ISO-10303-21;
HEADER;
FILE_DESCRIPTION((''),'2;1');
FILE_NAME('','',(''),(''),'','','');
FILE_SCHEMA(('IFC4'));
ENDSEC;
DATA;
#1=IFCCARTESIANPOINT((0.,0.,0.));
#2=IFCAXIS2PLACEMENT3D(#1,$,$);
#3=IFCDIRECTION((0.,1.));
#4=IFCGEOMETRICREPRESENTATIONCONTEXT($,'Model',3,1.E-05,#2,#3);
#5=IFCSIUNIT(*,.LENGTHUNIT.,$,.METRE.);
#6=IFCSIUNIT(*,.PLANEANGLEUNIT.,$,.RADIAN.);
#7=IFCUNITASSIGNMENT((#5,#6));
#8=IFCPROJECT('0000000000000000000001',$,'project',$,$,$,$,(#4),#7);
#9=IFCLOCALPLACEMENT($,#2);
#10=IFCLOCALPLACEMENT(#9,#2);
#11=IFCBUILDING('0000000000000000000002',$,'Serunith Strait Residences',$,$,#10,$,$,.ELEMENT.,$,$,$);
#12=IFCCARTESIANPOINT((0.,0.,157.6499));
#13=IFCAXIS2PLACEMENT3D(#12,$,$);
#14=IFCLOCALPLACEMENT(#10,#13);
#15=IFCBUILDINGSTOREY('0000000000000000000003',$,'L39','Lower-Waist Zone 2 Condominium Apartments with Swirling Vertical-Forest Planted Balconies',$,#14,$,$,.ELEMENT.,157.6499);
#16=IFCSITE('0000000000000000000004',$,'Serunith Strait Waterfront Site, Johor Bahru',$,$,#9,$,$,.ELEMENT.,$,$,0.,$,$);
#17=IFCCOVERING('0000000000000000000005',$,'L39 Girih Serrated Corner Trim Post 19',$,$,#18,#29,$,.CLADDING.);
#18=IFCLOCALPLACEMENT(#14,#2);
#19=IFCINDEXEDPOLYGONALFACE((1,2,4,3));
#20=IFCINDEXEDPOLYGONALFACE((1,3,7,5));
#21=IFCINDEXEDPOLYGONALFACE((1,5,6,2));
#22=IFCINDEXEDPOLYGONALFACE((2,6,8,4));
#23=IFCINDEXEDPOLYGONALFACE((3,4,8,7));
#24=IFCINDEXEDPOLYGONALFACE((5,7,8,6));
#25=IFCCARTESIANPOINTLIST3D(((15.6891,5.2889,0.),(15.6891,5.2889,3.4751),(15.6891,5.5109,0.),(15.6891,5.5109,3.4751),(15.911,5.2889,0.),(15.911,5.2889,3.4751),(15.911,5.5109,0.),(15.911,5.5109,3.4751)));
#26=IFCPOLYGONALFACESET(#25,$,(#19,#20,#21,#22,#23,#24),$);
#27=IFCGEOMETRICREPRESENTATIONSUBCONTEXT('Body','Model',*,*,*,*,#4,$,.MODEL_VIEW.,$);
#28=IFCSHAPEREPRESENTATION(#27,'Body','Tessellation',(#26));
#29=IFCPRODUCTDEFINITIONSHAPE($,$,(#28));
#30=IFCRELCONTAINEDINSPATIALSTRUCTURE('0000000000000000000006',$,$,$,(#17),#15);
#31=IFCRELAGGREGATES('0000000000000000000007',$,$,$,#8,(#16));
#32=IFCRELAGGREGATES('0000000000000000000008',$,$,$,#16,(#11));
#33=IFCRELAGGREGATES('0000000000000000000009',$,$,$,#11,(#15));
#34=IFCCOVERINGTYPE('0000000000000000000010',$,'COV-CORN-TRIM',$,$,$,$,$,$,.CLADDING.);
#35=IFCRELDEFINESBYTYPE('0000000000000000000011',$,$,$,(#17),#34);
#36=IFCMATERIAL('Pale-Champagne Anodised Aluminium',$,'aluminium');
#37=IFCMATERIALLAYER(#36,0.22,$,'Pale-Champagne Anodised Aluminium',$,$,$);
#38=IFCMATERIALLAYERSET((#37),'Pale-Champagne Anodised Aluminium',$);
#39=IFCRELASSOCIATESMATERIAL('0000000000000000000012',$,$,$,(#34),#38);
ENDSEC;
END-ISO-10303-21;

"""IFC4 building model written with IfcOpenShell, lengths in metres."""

from ifc_helpers import new_model, si_unit, direction, frame, origin, origin_2d, place, context, subcontext, project, spatial, rectangle, extrude, source, transform, mapped, material, layer, layer_set, type_object, element, save


model = new_model("IFC4")

# Units and contexts
model_context = context("Model", 3, precision=1e-05, world=origin(), true_north=direction((0.0, 1.0)))
body_context = subcontext(model_context, "Body", "Model", "MODEL_VIEW")
ifc_project = project(units=[si_unit("LENGTHUNIT", "METRE"), si_unit("PLANEANGLEUNIT", "RADIAN")], contexts=[model_context])

# Site, building, storey
site_placement = place(None, origin())
site = spatial("IfcSite", under=ifc_project, at=site_placement, Name="Serunith Strait Waterfront Site, Johor Bahru", CompositionType="ELEMENT", RefElevation=0.0)
building_placement = place(site_placement, origin())
building = spatial("IfcBuilding", under=site, at=building_placement, Name="Serunith Strait Residences", CompositionType="ELEMENT")
storey_placement = place(building_placement, frame((0.0, 0.0, 157.6499)))
storey = spatial("IfcBuildingStorey", under=building, at=storey_placement, Name="L39", Description="Lower-Waist Zone 2 Condominium Apartments with Swirling Vertical-Forest Planted Balconies", CompositionType="ELEMENT", Elevation=157.6499)

# Shared definitions
ifc_material_1 = material(Name="Pale-Champagne Anodised Aluminium", Category="aluminium")

# Covering
ifc_layer_1 = layer(ifc_material_1, 0.22, Name="Pale-Champagne Anodised Aluminium")
ifc_layer_set_1 = layer_set([ifc_layer_1], Name="Pale-Champagne Anodised Aluminium")
covering_type_1 = type_object("IfcCoveringType", Name="COV-CORN-TRIM", PredefinedType="CLADDING", material=ifc_layer_set_1)
shared_shape_1 = source(origin(), body_context, "Body", "SweptSolid", [
    extrude(rectangle(XDim=0.2219, YDim=0.2219, at=origin_2d()), origin(), (0.0, 0.0, 1.0), 3.4751),
])
for number, where, z_axis, x_axis, name in (
    (1, (15.8, 5.3999, 0.0), (0.0, 0.0, 1.0), (1.0, 0.0, 0.0), "L39 Girih Serrated Corner Trim Post 19"),
):
    element("IfcCovering", number, at=place(storey_placement, frame(where, z_axis=z_axis, x_axis=x_axis)), inside=storey, type_object=covering_type_1, Name=name, PredefinedType="CLADDING", context=body_context, shape_type="MappedRepresentation", body=[
        mapped(shared_shape_1, transform((0.0, 0.0, 0.0), scale=1.0)),
    ])

save(model, "model.ifc")
